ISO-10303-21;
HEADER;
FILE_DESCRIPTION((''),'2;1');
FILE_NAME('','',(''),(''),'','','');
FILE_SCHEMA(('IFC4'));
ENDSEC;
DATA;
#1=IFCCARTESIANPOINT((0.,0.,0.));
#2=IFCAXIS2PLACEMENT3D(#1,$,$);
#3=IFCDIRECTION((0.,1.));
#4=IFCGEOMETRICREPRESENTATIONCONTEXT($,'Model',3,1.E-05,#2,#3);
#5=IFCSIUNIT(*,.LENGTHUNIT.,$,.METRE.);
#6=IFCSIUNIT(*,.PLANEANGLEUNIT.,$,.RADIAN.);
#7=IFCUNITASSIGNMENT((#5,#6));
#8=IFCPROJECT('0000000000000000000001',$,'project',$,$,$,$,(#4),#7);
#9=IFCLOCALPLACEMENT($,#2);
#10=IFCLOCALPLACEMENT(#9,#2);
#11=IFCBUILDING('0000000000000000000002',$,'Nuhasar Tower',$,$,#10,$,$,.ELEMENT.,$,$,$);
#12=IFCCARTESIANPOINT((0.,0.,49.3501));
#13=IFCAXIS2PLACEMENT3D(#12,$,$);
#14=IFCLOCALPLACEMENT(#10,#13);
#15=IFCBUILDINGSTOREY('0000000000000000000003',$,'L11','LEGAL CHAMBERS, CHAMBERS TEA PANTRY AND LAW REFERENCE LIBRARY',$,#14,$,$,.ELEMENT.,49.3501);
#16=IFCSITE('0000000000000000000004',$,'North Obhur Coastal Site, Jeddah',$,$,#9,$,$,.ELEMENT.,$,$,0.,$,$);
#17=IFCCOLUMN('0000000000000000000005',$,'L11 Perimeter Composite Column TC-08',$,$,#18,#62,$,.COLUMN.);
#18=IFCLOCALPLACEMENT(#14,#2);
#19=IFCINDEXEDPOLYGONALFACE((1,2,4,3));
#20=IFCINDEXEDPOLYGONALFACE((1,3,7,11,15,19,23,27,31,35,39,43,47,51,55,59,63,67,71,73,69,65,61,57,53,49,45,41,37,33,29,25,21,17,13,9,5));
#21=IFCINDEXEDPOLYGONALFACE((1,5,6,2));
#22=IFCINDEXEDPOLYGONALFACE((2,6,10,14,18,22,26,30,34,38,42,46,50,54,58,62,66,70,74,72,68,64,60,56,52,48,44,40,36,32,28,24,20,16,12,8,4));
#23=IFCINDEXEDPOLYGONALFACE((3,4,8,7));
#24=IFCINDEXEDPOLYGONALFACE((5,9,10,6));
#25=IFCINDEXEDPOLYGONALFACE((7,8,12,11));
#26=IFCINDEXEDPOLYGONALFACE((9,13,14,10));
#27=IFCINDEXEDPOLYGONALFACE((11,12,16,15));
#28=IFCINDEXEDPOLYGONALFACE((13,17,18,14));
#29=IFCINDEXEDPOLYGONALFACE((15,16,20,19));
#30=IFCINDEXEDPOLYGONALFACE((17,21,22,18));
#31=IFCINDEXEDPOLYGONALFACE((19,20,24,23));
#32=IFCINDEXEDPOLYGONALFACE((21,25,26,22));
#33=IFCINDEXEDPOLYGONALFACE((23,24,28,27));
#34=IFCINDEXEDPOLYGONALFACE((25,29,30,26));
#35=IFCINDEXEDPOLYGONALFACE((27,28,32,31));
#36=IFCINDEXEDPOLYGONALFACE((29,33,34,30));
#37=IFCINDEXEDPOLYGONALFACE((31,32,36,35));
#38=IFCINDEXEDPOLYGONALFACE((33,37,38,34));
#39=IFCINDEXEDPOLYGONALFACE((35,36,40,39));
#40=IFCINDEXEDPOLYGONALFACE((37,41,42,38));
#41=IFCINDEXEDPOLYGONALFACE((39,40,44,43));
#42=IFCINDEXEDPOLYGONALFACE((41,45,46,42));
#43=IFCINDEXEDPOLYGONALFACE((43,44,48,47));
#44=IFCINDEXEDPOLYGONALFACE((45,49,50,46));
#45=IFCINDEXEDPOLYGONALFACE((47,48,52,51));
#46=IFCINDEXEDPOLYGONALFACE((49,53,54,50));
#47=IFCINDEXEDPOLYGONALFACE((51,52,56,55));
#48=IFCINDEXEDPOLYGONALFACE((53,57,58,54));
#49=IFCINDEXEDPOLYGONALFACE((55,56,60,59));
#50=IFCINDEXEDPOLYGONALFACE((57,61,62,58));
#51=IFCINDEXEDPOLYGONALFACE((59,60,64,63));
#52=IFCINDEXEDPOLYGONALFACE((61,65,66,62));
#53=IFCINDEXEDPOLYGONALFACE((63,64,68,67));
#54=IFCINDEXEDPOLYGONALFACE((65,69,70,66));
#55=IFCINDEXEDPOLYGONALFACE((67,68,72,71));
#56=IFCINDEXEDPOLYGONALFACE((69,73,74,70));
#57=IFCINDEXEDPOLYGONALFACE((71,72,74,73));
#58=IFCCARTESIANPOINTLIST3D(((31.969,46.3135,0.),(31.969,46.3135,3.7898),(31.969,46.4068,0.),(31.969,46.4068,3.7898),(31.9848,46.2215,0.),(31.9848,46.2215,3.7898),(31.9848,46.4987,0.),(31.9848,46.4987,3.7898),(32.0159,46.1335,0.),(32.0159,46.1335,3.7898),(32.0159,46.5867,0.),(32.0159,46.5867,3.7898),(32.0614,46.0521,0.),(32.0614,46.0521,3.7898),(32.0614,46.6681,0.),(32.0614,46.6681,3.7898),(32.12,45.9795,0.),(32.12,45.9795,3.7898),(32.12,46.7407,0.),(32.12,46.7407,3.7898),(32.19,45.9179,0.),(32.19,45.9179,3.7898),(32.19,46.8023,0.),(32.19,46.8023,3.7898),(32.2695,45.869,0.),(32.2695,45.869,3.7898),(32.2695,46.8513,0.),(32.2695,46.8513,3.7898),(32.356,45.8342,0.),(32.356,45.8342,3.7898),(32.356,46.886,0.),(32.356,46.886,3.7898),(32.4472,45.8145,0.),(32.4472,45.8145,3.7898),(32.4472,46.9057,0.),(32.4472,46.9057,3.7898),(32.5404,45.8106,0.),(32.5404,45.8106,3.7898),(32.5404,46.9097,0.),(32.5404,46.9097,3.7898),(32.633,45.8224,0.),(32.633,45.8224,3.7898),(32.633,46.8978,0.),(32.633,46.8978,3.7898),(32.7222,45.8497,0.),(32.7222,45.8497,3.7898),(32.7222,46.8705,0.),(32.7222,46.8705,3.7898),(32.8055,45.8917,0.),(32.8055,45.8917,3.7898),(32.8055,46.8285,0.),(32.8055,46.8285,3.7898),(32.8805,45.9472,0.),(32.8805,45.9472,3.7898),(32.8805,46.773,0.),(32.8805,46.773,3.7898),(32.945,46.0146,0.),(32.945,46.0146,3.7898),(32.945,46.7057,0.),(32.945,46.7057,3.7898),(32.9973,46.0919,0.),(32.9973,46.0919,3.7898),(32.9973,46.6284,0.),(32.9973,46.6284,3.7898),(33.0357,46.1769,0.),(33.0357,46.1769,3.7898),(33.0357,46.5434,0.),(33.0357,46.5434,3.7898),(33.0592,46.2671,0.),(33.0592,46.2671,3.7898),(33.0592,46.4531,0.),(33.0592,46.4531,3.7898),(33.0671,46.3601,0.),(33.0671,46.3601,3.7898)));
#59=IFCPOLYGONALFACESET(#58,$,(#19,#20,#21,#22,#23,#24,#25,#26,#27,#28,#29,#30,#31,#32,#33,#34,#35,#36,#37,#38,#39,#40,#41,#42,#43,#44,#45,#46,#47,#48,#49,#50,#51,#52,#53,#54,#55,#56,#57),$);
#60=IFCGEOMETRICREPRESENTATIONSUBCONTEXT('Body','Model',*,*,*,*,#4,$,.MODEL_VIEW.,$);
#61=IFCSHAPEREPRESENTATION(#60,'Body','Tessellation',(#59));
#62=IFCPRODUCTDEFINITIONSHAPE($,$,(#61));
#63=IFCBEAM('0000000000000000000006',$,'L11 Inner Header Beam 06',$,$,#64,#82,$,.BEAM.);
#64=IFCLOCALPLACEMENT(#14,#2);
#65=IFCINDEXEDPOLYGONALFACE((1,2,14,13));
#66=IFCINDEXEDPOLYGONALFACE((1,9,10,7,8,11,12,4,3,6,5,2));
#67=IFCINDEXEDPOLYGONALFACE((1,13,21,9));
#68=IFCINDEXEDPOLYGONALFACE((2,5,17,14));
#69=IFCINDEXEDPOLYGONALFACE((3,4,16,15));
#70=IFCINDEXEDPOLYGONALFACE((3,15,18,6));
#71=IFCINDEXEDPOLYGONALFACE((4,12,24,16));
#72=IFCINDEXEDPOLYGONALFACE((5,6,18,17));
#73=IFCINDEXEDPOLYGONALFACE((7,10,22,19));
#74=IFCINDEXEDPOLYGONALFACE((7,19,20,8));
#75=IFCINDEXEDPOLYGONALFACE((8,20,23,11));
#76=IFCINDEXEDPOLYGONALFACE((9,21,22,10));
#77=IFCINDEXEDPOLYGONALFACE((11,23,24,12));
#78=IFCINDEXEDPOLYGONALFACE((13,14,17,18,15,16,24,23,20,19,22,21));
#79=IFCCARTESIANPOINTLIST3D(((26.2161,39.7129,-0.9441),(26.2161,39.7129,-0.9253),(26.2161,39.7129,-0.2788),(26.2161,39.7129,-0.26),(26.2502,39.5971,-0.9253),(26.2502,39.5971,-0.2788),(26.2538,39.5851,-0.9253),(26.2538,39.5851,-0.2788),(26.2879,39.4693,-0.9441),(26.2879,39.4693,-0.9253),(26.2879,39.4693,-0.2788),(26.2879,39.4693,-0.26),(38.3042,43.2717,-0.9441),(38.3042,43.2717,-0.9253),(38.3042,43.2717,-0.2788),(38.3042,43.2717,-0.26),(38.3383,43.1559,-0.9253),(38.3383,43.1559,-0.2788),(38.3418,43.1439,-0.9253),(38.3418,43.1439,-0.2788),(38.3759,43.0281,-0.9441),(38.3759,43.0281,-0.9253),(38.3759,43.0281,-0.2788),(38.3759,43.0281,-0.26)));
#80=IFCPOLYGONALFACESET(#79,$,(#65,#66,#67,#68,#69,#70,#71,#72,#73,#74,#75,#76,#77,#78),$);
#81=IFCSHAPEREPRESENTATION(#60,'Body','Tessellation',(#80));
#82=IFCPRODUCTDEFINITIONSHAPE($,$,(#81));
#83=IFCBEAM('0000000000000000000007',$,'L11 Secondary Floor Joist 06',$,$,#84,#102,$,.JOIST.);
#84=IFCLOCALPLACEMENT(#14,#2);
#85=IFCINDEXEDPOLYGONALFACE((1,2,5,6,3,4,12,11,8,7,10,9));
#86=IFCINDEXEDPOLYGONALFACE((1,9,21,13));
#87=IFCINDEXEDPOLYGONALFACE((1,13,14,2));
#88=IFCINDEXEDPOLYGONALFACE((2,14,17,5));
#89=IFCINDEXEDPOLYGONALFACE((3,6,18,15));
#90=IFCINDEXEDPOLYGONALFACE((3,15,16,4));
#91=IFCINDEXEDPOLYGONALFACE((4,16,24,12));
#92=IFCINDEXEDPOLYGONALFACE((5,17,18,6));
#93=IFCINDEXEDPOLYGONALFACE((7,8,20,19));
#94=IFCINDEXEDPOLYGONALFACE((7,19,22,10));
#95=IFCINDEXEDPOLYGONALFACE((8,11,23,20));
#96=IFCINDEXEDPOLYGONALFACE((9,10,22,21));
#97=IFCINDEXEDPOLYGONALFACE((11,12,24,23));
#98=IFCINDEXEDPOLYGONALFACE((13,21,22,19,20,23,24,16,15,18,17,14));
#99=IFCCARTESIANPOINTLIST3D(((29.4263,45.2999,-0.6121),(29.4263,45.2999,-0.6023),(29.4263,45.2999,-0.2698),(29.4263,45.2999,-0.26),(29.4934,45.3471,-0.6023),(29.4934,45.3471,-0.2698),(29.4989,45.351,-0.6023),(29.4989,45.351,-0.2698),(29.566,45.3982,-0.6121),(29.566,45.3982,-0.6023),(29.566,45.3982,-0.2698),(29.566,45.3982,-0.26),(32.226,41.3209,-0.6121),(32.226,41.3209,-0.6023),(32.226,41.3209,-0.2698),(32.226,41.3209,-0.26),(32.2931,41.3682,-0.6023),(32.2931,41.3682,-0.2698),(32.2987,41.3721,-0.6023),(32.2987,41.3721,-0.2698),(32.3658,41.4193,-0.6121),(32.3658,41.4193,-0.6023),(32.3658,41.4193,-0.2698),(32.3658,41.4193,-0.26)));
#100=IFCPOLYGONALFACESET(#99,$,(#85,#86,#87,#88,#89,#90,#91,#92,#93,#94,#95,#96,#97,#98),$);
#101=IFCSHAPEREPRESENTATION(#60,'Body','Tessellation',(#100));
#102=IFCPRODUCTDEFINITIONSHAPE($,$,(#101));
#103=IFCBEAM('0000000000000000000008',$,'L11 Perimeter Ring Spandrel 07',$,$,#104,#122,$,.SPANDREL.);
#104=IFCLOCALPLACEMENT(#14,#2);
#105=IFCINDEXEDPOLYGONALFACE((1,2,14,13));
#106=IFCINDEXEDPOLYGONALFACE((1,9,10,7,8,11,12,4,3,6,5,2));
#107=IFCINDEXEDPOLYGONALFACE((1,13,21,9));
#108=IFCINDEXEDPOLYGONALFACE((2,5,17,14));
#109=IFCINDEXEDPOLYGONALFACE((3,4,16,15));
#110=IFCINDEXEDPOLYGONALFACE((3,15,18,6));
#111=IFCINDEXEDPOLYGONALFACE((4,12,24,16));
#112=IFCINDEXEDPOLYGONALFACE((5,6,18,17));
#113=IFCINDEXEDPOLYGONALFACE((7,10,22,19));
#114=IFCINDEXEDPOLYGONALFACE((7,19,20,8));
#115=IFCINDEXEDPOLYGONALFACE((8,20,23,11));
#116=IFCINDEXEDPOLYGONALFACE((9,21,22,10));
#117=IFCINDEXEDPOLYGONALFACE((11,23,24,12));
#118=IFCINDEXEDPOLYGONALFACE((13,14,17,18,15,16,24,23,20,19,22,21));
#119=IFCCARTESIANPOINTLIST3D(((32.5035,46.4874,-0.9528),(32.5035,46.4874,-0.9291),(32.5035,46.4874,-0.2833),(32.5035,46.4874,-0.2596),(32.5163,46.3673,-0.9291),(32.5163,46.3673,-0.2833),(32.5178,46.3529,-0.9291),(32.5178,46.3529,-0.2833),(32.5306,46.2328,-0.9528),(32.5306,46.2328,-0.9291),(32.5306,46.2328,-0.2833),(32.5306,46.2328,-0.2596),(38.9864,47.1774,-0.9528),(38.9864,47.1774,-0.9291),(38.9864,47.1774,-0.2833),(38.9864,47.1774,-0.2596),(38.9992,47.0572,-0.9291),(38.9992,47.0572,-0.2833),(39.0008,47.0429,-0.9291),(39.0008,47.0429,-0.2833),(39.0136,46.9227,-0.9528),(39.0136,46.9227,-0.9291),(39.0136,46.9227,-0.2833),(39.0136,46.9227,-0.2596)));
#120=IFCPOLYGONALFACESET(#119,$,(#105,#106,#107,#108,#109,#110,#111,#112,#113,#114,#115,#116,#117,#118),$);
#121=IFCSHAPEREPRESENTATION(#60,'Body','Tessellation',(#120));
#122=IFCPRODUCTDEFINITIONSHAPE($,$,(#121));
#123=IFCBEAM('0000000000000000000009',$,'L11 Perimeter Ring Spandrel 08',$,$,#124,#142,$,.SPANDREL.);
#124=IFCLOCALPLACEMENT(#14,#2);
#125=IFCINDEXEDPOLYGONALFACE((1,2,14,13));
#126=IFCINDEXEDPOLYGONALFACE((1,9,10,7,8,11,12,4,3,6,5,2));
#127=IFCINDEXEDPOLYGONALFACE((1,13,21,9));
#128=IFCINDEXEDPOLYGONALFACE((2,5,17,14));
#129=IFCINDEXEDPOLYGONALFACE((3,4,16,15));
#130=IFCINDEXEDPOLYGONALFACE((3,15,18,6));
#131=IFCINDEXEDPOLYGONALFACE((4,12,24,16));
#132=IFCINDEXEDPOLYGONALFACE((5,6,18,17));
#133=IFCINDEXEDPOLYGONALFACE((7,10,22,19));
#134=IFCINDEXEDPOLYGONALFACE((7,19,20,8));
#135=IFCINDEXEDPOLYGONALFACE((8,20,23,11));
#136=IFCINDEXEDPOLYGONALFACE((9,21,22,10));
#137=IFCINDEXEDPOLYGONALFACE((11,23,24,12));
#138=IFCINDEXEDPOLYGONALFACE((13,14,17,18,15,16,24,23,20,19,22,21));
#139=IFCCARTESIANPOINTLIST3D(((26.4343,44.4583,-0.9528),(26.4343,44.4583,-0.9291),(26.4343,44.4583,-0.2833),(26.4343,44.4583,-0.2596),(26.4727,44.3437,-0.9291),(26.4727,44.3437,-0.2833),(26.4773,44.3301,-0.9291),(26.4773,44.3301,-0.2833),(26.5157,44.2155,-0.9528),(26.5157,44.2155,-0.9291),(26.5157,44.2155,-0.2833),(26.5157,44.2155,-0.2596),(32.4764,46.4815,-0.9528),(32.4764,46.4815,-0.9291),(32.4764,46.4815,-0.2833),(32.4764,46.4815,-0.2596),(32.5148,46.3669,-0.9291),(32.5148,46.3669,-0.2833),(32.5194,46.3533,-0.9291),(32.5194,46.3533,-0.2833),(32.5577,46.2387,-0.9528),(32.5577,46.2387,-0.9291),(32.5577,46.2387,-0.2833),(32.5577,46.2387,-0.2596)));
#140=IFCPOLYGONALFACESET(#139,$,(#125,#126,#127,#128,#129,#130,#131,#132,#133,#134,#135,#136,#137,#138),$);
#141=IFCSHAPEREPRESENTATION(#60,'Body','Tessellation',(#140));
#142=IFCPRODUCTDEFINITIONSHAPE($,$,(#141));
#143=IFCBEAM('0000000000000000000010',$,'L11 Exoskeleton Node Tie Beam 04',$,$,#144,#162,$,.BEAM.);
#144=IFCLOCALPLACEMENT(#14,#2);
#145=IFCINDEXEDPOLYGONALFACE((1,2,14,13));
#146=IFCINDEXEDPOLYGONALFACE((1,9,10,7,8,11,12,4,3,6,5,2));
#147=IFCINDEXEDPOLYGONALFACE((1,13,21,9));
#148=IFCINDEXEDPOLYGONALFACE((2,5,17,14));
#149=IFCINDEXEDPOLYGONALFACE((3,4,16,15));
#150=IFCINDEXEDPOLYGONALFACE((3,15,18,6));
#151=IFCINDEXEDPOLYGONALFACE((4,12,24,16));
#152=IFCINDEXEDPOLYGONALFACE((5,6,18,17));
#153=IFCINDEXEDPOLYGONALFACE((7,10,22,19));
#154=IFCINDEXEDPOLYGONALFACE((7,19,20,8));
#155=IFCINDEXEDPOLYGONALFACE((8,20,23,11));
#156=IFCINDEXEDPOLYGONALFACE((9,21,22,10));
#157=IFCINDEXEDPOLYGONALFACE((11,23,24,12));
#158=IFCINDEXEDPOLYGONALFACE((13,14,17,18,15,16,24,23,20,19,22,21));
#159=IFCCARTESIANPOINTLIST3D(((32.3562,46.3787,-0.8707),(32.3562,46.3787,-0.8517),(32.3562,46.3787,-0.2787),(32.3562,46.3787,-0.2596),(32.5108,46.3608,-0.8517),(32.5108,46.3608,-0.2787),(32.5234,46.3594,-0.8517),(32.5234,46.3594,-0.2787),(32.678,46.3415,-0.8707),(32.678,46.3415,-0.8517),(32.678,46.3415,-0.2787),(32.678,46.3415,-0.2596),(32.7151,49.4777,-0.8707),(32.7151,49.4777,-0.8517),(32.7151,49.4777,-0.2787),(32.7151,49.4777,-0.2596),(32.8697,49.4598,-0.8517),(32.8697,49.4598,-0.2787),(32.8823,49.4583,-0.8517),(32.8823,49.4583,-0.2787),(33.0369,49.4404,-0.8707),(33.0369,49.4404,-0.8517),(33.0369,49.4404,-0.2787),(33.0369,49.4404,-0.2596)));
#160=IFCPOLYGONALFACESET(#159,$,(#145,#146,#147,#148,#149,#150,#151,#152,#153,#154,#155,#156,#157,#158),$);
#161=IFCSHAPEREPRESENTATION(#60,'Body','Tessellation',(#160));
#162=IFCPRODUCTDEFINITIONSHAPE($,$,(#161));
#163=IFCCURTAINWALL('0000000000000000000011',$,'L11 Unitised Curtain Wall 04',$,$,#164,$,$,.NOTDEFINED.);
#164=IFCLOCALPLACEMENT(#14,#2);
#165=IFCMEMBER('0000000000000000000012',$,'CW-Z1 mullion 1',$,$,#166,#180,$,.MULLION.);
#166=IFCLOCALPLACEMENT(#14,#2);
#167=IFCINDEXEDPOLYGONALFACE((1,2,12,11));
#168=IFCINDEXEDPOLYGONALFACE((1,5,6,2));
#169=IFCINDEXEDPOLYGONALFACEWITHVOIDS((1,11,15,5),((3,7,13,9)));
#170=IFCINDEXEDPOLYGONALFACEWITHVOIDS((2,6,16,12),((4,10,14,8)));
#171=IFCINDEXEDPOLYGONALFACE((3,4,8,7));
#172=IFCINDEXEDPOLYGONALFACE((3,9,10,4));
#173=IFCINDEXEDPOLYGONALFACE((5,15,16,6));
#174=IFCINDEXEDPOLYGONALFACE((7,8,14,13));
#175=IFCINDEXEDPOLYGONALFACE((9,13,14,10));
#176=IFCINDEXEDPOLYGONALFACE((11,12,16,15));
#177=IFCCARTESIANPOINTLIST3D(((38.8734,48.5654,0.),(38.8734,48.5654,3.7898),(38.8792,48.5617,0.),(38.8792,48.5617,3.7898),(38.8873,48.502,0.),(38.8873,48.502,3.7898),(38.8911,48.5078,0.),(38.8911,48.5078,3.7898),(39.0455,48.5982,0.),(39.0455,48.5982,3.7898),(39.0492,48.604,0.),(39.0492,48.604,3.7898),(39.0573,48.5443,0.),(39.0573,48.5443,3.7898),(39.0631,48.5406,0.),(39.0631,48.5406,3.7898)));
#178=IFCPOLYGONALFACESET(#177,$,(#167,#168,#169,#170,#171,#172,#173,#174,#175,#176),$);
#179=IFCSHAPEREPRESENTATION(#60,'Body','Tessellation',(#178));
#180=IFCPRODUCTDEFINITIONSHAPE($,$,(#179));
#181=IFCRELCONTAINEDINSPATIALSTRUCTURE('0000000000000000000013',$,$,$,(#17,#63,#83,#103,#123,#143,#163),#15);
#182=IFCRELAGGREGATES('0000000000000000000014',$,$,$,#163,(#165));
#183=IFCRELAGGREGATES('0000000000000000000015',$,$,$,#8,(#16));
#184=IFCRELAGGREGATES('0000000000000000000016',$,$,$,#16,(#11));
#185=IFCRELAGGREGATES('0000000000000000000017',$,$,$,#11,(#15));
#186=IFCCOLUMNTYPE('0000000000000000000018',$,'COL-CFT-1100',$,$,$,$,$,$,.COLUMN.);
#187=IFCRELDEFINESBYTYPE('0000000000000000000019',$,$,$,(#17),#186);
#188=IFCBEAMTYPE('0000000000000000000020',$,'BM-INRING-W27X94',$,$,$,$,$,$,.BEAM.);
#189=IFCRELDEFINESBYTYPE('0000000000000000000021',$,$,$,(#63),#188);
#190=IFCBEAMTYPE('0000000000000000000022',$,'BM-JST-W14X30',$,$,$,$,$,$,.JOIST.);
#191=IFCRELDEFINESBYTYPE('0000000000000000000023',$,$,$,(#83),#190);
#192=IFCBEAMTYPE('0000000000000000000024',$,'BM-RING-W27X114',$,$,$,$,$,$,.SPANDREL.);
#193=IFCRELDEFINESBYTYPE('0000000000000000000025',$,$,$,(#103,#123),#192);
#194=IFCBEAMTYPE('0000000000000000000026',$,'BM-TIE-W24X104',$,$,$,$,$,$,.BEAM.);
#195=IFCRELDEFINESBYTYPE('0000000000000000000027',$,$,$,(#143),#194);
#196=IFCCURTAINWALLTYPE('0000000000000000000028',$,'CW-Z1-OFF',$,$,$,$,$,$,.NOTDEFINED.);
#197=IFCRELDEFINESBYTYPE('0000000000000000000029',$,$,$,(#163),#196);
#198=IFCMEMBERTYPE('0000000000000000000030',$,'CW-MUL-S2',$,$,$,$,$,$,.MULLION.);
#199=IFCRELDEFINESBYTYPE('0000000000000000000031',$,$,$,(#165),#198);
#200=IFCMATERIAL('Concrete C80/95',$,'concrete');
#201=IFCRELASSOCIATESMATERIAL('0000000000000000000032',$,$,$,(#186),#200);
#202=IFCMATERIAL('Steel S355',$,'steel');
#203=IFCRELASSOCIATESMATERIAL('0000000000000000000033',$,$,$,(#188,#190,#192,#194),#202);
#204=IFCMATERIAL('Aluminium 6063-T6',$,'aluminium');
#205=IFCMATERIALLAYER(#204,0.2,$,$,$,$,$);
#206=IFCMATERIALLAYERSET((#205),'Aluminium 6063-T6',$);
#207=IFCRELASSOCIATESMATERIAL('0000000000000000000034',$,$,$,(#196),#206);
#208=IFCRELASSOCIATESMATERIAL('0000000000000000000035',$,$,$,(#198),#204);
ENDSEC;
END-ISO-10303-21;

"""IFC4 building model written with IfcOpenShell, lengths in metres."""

from ifc_helpers import new_model, si_unit, direction, frame, origin, origin_2d, place, context, subcontext, project, spatial, hollow_rectangle, circle, i_section, extrude, material, layer, layer_set, material_profile, profile_set, type_object, element, aggregate, save


model = new_model("IFC4")

# Units and contexts
model_context = context("Model", 3, precision=1e-05, world=origin(), true_north=direction((0.0, 1.0)))
body_context = subcontext(model_context, "Body", "Model", "MODEL_VIEW")
ifc_project = project(units=[si_unit("LENGTHUNIT", "METRE"), si_unit("PLANEANGLEUNIT", "RADIAN")], contexts=[model_context])

# Site, building, storey
site_placement = place(None, origin())
site = spatial("IfcSite", under=ifc_project, at=site_placement, Name="North Obhur Coastal Site, Jeddah", CompositionType="ELEMENT", RefElevation=0.0)
building_placement = place(site_placement, origin())
building = spatial("IfcBuilding", under=site, at=building_placement, Name="Nuhasar Tower", CompositionType="ELEMENT")
storey_placement = place(building_placement, frame((0.0, 0.0, 49.3501)))
storey = spatial("IfcBuildingStorey", under=building, at=storey_placement, Name="L11", Description="LEGAL CHAMBERS, CHAMBERS TEA PANTRY AND LAW REFERENCE LIBRARY", CompositionType="ELEMENT", Elevation=49.3501)

# Column
ifc_material_1 = material(Name="Concrete C80/95", Category="concrete")
ifc_material_profile_1 = material_profile(ifc_material_1, circle(Radius=0.55, at=origin_2d()), Name="CFT1100")
ifc_profile_set_1 = profile_set([ifc_material_profile_1], Name="Concrete C80/95")
column_type = type_object("IfcColumnType", Name="COL-CFT-1100", PredefinedType="COLUMN", material=ifc_profile_set_1)
column_placement = place(storey_placement, frame((32.5171, 46.3601, 0.0), z_axis=(0.0, 0.0, 1.0), x_axis=(1.0, 0.0, 0.0)))
element("IfcColumn", 1, at=column_placement, inside=storey, type_object=column_type, Name="L11 Perimeter Composite Column TC-08", PredefinedType="COLUMN", context=body_context, shape_type="SweptSolid", body=[
    extrude(circle(Radius=0.55, at=origin_2d()), origin(), (0.0, 0.0, 1.0), 3.7898),
])

# Beams
ifc_material_2 = material(Name="Steel S355", Category="steel")
ifc_material_profile_2 = material_profile(ifc_material_2, i_section(OverallWidth=0.2539, OverallDepth=0.6841, WebThickness=0.0125, FlangeThickness=0.0188, at=origin_2d()), Name="W27X94")
ifc_profile_set_2 = profile_set([ifc_material_profile_2], Name="Steel S355")
beam_type_1 = type_object("IfcBeamType", Name="BM-INRING-W27X94", PredefinedType="BEAM", material=ifc_profile_set_2)
beam_1_placement = place(storey_placement, frame((38.3401, 43.1499, -0.6021), z_axis=(-0.95929, -0.282422, 0.0), x_axis=(0.282422, -0.95929, 0.0)))
element("IfcBeam", 2, at=beam_1_placement, inside=storey, type_object=beam_type_1, Name="L11 Inner Header Beam 06", PredefinedType="BEAM", context=body_context, shape_type="SweptSolid", body=[
    extrude(i_section(OverallWidth=0.2539, OverallDepth=0.6841, WebThickness=0.0125, FlangeThickness=0.0188, at=origin_2d()), origin(), (0.0, 0.0, 1.0), 12.6011),
])
ifc_material_profile_3 = material_profile(ifc_material_2, i_section(OverallWidth=0.1709, OverallDepth=0.3521, WebThickness=0.0068, FlangeThickness=0.0098, at=origin_2d()), Name="W14X30")
ifc_profile_set_3 = profile_set([ifc_material_profile_3], Name="Steel S355")
beam_type_2 = type_object("IfcBeamType", Name="BM-JST-W14X30", PredefinedType="JOIST", material=ifc_profile_set_3)
beam_2_placement = place(storey_placement, frame((32.2959, 41.3701, -0.436), z_axis=(-0.575461, 0.817829, 0.0), x_axis=(-0.817829, -0.575461, 0.0)))
element("IfcBeam", 3, at=beam_2_placement, inside=storey, type_object=beam_type_2, Name="L11 Secondary Floor Joist 06", PredefinedType="JOIST", context=body_context, shape_type="SweptSolid", body=[
    extrude(i_section(OverallWidth=0.1709, OverallDepth=0.3521, WebThickness=0.0068, FlangeThickness=0.0098, at=origin_2d()), origin(), (0.0, 0.0, 1.0), 4.8652),
])
ifc_material_profile_4 = material_profile(ifc_material_2, i_section(OverallWidth=0.2561, OverallDepth=0.6931, WebThickness=0.0144, FlangeThickness=0.0237, at=origin_2d()), Name="W27X114")
ifc_profile_set_4 = profile_set([ifc_material_profile_4], Name="Steel S355")
beam_type_3 = type_object("IfcBeamType", Name="BM-RING-W27X114", PredefinedType="SPANDREL", material=ifc_profile_set_4)
beam_3_placement = place(storey_placement, frame((39.0, 47.05, -0.6062), z_axis=(-0.994385, -0.105827, 0.0), x_axis=(0.105827, -0.994385, 0.0)))
element("IfcBeam", 4, at=beam_3_placement, inside=storey, type_object=beam_type_3, Name="L11 Perimeter Ring Spandrel 07", PredefinedType="SPANDREL", context=body_context, shape_type="SweptSolid", body=[
    extrude(i_section(OverallWidth=0.2561, OverallDepth=0.6931, WebThickness=0.0144, FlangeThickness=0.0237, at=origin_2d()), origin(), (0.0, 0.0, 1.0), 6.5195),
])
beam_4_placement = place(storey_placement, frame((32.5171, 46.3601, -0.6062), z_axis=(-0.948249, -0.317526, 0.0), x_axis=(0.317526, -0.948249, 0.0)))
element("IfcBeam", 5, at=beam_4_placement, inside=storey, type_object=beam_type_3, Name="L11 Perimeter Ring Spandrel 08", PredefinedType="SPANDREL", context=body_context, shape_type="SweptSolid", body=[
    extrude(i_section(OverallWidth=0.2561, OverallDepth=0.6931, WebThickness=0.0144, FlangeThickness=0.0237, at=origin_2d()), origin(), (0.0, 0.0, 1.0), 6.3718),
])
ifc_material_profile_5 = material_profile(ifc_material_2, i_section(OverallWidth=0.324, OverallDepth=0.6111, WebThickness=0.0127, FlangeThickness=0.019, at=origin_2d()), Name="W24X104")
ifc_profile_set_5 = profile_set([ifc_material_profile_5], Name="Steel S355")
beam_type_4 = type_object("IfcBeamType", Name="BM-TIE-W24X104", PredefinedType="BEAM", material=ifc_profile_set_5)
beam_5_placement = place(storey_placement, frame((32.5171, 46.3601, -0.5652), z_axis=(0.115043, 0.993361, 0.0), x_axis=(-0.993361, 0.115043, 0.0)))
element("IfcBeam", 6, at=beam_5_placement, inside=storey, type_object=beam_type_4, Name="L11 Exoskeleton Node Tie Beam 04", PredefinedType="BEAM", context=body_context, shape_type="SweptSolid", body=[
    extrude(i_section(OverallWidth=0.324, OverallDepth=0.6111, WebThickness=0.0127, FlangeThickness=0.019, at=origin_2d()), origin(), (0.0, 0.0, 1.0), 3.1196),
])

# Curtain wall, member
ifc_material_3 = material(Name="Aluminium 6063-T6", Category="aluminium")
ifc_layer_1 = layer(ifc_material_3, 0.2)
ifc_layer_set_1 = layer_set([ifc_layer_1], Name="Aluminium 6063-T6")
curtain_wall_type = type_object("IfcCurtainWallType", Name="CW-Z1-OFF", PredefinedType="NOTDEFINED", material=ifc_layer_set_1)
curtain_wall_placement = place(storey_placement, origin())
curtain_wall = element("IfcCurtainWall", 7, at=curtain_wall_placement, inside=storey, type_object=curtain_wall_type, Name="L11 Unitised Curtain Wall 04", PredefinedType="NOTDEFINED")
ifc_material_profile_6 = material_profile(ifc_material_3, hollow_rectangle(XDim=0.0649, YDim=0.1799, WallThickness=0.0049, at=origin_2d()), Name="CWM-2")
ifc_profile_set_6 = profile_set([ifc_material_profile_6], Name="Aluminium 6063-T6")
member_type_1 = type_object("IfcMemberType", Name="CW-MUL-S2", PredefinedType="MULLION", material=ifc_profile_set_6)
member_1_placement = place(storey_placement, frame((38.9683, 48.553, 0.0), z_axis=(0.0, 0.0, 1.0), x_axis=(0.214399, -0.976746, 0.0)))
member_1 = element("IfcMember", 8, at=member_1_placement, type_object=member_type_1, Name="CW-Z1 mullion 1", PredefinedType="MULLION", context=body_context, shape_type="SweptSolid", body=[
    extrude(hollow_rectangle(XDim=0.0649, YDim=0.1799, WallThickness=0.0049, at=origin_2d()), origin(), (0.0, 0.0, 1.0), 3.7898),
])

aggregate(curtain_wall, [member_1])

save(model, "model.ifc")
